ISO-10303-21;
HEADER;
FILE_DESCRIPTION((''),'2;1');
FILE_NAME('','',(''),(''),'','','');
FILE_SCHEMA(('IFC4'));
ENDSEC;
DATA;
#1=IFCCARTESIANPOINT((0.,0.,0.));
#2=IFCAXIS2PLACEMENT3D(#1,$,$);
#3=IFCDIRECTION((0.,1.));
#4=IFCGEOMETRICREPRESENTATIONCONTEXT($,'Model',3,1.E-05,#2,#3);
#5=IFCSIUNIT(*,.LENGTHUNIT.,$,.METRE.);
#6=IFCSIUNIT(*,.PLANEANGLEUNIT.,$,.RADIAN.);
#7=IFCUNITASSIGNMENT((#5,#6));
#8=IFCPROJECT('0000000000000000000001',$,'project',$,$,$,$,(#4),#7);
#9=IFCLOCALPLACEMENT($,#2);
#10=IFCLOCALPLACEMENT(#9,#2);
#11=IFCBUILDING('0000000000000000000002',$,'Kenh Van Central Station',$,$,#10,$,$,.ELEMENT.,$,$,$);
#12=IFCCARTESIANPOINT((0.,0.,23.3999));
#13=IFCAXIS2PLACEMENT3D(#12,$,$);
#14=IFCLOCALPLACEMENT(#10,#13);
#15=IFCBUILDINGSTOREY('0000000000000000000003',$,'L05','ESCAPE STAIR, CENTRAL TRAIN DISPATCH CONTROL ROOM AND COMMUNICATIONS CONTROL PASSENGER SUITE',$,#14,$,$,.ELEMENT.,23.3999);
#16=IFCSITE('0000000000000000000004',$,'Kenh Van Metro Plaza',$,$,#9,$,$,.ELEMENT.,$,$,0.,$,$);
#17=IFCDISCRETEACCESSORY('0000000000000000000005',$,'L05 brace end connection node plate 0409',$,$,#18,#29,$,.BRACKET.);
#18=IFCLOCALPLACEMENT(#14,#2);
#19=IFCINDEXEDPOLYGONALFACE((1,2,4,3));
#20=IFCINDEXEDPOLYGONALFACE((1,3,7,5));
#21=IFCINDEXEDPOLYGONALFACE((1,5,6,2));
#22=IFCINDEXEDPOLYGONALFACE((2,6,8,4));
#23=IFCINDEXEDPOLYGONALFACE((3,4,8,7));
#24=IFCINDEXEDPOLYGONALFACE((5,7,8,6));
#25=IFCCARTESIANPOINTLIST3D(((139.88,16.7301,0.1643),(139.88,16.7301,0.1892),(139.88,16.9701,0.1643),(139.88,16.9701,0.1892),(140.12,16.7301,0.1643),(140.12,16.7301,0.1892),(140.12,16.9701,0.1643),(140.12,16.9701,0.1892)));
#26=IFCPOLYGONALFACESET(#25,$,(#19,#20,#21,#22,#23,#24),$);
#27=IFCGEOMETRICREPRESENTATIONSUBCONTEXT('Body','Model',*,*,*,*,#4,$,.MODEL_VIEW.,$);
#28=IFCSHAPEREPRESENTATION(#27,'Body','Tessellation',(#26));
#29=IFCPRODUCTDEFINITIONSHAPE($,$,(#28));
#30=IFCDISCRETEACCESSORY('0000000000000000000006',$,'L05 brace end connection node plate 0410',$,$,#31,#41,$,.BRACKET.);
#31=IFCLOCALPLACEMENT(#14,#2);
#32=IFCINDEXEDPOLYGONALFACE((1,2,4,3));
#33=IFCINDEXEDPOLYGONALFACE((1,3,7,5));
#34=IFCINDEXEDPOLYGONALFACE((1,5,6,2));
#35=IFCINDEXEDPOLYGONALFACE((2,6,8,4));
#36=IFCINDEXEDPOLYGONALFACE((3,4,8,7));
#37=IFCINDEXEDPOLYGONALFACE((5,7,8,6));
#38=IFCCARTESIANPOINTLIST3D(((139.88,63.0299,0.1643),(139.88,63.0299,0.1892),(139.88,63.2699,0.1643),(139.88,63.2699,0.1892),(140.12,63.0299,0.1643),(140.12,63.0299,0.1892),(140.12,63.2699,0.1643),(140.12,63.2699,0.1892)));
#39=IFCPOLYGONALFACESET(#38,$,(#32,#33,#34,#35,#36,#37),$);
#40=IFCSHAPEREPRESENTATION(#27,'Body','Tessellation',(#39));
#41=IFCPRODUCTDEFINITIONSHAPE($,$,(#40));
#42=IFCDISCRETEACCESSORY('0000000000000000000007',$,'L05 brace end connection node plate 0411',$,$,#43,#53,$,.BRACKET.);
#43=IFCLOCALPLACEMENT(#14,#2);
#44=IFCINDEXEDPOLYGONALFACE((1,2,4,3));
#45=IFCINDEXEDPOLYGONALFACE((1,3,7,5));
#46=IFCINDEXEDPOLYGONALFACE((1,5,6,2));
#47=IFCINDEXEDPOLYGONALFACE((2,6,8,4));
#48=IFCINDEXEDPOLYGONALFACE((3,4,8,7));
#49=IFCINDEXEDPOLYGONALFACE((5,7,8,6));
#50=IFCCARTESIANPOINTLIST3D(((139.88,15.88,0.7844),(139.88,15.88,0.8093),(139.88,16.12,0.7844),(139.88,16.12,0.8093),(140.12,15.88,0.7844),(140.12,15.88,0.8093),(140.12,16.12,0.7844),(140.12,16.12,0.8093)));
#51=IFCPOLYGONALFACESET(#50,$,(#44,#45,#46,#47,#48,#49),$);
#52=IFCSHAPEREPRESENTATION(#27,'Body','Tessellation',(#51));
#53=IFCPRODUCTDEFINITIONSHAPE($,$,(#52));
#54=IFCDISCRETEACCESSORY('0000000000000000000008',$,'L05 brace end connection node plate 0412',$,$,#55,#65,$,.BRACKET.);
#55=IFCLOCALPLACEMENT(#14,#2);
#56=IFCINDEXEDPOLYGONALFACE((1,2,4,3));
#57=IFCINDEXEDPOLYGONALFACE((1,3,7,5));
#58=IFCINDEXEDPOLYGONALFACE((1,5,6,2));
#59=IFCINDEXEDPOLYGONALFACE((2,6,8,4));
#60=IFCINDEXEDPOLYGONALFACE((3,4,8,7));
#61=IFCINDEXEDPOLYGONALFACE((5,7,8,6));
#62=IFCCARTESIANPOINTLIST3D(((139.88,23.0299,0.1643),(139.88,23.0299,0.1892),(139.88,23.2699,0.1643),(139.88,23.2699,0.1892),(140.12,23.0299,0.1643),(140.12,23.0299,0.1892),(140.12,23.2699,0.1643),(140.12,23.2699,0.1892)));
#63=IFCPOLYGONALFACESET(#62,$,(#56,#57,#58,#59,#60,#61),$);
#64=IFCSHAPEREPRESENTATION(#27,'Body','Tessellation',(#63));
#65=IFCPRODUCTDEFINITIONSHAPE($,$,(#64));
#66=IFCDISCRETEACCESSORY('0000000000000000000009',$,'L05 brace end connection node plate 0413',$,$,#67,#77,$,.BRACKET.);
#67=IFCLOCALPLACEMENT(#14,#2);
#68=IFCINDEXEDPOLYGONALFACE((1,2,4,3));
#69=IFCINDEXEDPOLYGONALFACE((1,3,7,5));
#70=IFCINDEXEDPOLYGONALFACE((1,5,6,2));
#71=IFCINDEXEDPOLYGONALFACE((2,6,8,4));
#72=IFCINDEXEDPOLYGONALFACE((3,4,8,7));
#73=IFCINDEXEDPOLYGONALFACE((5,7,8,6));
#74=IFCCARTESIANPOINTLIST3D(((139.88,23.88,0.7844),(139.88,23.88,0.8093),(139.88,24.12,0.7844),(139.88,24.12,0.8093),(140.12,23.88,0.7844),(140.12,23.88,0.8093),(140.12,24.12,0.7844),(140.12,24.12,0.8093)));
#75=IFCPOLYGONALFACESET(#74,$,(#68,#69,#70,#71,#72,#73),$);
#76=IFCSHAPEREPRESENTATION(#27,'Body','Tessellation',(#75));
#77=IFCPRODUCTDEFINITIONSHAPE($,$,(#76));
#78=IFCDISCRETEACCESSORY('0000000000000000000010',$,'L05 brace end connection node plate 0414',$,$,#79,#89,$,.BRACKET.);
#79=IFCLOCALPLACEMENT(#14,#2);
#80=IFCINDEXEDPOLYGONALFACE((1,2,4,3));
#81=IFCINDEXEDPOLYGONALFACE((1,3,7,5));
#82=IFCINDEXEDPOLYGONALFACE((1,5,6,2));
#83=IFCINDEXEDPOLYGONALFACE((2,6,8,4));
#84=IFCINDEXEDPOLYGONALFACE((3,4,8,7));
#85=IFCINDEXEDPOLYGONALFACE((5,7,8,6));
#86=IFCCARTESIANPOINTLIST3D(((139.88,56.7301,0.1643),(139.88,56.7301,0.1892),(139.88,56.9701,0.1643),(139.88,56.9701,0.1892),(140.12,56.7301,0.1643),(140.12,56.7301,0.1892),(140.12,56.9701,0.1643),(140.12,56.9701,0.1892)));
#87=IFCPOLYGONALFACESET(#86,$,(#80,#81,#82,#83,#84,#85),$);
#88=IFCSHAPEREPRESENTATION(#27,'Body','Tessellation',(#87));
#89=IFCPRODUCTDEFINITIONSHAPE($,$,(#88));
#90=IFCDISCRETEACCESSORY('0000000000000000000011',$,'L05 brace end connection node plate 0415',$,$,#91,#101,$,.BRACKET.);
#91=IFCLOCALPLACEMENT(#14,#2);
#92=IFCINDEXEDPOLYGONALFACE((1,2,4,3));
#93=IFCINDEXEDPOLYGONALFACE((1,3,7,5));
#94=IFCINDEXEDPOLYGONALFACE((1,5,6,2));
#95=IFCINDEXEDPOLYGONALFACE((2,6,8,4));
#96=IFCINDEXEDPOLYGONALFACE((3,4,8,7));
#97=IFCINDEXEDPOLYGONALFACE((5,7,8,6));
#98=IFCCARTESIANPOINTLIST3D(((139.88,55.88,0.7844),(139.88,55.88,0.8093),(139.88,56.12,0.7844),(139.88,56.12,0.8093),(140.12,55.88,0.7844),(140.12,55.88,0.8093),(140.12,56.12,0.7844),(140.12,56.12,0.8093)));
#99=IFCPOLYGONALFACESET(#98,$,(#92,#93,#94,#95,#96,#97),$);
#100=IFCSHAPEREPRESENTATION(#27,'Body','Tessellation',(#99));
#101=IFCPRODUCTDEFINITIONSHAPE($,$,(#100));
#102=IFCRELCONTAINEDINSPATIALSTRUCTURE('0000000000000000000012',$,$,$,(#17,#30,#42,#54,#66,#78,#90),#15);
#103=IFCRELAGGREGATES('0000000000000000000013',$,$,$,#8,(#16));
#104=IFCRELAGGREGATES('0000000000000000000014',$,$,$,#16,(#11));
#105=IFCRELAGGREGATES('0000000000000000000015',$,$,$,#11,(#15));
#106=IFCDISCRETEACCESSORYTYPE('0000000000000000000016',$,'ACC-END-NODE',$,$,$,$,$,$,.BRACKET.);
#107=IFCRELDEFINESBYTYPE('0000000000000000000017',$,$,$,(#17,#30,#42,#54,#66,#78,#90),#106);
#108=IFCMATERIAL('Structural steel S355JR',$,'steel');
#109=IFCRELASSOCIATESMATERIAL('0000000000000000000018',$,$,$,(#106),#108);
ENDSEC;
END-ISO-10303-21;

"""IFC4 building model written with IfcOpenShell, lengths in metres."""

from ifc_helpers import new_model, si_unit, direction, frame, origin, origin_2d, place, context, subcontext, project, spatial, rectangle, extrude, material, type_object, element, save


model = new_model("IFC4")

# Units and contexts
model_context = context("Model", 3, precision=1e-05, world=origin(), true_north=direction((0.0, 1.0)))
body_context = subcontext(model_context, "Body", "Model", "MODEL_VIEW")
ifc_project = project(units=[si_unit("LENGTHUNIT", "METRE"), si_unit("PLANEANGLEUNIT", "RADIAN")], contexts=[model_context])

# Site, building, storey
site_placement = place(None, origin())
site = spatial("IfcSite", under=ifc_project, at=site_placement, Name="Kenh Van Metro Plaza", CompositionType="ELEMENT", RefElevation=0.0)
building_placement = place(site_placement, origin())
building = spatial("IfcBuilding", under=site, at=building_placement, Name="Kenh Van Central Station", CompositionType="ELEMENT")
storey_placement = place(building_placement, frame((0.0, 0.0, 23.3999)))
storey = spatial("IfcBuildingStorey", under=building, at=storey_placement, Name="L05", Description="ESCAPE STAIR, CENTRAL TRAIN DISPATCH CONTROL ROOM AND COMMUNICATIONS CONTROL PASSENGER SUITE", CompositionType="ELEMENT", Elevation=23.3999)

# Discrete accessories
ifc_material_1 = material(Name="Structural steel S355JR", Category="steel")
discrete_accessory_type = type_object("IfcDiscreteAccessoryType", Name="ACC-END-NODE", PredefinedType="BRACKET", material=ifc_material_1)
for number, where, z_axis, x_axis, name in (
    (1, (140.0, 16.8501, 0.1643), (0.0, 0.0, 1.0), (1.0, 0.0, 0.0), "L05 brace end connection node plate 0409"),
    (2, (140.0, 63.1499, 0.1643), (0.0, 0.0, 1.0), (1.0, 0.0, 0.0), "L05 brace end connection node plate 0410"),
    (3, (140.0, 16.0, 0.7844), (0.0, 0.0, 1.0), (1.0, 0.0, 0.0), "L05 brace end connection node plate 0411"),
    (4, (140.0, 23.1499, 0.1643), (0.0, 0.0, 1.0), (1.0, 0.0, 0.0), "L05 brace end connection node plate 0412"),
    (5, (140.0, 24.0, 0.7844), (0.0, 0.0, 1.0), (1.0, 0.0, 0.0), "L05 brace end connection node plate 0413"),
    (6, (140.0, 56.8501, 0.1643), (0.0, 0.0, 1.0), (1.0, 0.0, 0.0), "L05 brace end connection node plate 0414"),
    (7, (140.0, 56.0, 0.7844), (0.0, 0.0, 1.0), (1.0, 0.0, 0.0), "L05 brace end connection node plate 0415"),
):
    element("IfcDiscreteAccessory", number, at=place(storey_placement, frame(where, z_axis=z_axis, x_axis=x_axis)), inside=storey, type_object=discrete_accessory_type, Name=name, PredefinedType="BRACKET", context=body_context, shape_type="SweptSolid", body=[
        extrude(rectangle(XDim=0.24, YDim=0.24, at=origin_2d()), origin(), (0.0, 0.0, 1.0), 0.0249),
    ])

save(model, "model.ifc")
